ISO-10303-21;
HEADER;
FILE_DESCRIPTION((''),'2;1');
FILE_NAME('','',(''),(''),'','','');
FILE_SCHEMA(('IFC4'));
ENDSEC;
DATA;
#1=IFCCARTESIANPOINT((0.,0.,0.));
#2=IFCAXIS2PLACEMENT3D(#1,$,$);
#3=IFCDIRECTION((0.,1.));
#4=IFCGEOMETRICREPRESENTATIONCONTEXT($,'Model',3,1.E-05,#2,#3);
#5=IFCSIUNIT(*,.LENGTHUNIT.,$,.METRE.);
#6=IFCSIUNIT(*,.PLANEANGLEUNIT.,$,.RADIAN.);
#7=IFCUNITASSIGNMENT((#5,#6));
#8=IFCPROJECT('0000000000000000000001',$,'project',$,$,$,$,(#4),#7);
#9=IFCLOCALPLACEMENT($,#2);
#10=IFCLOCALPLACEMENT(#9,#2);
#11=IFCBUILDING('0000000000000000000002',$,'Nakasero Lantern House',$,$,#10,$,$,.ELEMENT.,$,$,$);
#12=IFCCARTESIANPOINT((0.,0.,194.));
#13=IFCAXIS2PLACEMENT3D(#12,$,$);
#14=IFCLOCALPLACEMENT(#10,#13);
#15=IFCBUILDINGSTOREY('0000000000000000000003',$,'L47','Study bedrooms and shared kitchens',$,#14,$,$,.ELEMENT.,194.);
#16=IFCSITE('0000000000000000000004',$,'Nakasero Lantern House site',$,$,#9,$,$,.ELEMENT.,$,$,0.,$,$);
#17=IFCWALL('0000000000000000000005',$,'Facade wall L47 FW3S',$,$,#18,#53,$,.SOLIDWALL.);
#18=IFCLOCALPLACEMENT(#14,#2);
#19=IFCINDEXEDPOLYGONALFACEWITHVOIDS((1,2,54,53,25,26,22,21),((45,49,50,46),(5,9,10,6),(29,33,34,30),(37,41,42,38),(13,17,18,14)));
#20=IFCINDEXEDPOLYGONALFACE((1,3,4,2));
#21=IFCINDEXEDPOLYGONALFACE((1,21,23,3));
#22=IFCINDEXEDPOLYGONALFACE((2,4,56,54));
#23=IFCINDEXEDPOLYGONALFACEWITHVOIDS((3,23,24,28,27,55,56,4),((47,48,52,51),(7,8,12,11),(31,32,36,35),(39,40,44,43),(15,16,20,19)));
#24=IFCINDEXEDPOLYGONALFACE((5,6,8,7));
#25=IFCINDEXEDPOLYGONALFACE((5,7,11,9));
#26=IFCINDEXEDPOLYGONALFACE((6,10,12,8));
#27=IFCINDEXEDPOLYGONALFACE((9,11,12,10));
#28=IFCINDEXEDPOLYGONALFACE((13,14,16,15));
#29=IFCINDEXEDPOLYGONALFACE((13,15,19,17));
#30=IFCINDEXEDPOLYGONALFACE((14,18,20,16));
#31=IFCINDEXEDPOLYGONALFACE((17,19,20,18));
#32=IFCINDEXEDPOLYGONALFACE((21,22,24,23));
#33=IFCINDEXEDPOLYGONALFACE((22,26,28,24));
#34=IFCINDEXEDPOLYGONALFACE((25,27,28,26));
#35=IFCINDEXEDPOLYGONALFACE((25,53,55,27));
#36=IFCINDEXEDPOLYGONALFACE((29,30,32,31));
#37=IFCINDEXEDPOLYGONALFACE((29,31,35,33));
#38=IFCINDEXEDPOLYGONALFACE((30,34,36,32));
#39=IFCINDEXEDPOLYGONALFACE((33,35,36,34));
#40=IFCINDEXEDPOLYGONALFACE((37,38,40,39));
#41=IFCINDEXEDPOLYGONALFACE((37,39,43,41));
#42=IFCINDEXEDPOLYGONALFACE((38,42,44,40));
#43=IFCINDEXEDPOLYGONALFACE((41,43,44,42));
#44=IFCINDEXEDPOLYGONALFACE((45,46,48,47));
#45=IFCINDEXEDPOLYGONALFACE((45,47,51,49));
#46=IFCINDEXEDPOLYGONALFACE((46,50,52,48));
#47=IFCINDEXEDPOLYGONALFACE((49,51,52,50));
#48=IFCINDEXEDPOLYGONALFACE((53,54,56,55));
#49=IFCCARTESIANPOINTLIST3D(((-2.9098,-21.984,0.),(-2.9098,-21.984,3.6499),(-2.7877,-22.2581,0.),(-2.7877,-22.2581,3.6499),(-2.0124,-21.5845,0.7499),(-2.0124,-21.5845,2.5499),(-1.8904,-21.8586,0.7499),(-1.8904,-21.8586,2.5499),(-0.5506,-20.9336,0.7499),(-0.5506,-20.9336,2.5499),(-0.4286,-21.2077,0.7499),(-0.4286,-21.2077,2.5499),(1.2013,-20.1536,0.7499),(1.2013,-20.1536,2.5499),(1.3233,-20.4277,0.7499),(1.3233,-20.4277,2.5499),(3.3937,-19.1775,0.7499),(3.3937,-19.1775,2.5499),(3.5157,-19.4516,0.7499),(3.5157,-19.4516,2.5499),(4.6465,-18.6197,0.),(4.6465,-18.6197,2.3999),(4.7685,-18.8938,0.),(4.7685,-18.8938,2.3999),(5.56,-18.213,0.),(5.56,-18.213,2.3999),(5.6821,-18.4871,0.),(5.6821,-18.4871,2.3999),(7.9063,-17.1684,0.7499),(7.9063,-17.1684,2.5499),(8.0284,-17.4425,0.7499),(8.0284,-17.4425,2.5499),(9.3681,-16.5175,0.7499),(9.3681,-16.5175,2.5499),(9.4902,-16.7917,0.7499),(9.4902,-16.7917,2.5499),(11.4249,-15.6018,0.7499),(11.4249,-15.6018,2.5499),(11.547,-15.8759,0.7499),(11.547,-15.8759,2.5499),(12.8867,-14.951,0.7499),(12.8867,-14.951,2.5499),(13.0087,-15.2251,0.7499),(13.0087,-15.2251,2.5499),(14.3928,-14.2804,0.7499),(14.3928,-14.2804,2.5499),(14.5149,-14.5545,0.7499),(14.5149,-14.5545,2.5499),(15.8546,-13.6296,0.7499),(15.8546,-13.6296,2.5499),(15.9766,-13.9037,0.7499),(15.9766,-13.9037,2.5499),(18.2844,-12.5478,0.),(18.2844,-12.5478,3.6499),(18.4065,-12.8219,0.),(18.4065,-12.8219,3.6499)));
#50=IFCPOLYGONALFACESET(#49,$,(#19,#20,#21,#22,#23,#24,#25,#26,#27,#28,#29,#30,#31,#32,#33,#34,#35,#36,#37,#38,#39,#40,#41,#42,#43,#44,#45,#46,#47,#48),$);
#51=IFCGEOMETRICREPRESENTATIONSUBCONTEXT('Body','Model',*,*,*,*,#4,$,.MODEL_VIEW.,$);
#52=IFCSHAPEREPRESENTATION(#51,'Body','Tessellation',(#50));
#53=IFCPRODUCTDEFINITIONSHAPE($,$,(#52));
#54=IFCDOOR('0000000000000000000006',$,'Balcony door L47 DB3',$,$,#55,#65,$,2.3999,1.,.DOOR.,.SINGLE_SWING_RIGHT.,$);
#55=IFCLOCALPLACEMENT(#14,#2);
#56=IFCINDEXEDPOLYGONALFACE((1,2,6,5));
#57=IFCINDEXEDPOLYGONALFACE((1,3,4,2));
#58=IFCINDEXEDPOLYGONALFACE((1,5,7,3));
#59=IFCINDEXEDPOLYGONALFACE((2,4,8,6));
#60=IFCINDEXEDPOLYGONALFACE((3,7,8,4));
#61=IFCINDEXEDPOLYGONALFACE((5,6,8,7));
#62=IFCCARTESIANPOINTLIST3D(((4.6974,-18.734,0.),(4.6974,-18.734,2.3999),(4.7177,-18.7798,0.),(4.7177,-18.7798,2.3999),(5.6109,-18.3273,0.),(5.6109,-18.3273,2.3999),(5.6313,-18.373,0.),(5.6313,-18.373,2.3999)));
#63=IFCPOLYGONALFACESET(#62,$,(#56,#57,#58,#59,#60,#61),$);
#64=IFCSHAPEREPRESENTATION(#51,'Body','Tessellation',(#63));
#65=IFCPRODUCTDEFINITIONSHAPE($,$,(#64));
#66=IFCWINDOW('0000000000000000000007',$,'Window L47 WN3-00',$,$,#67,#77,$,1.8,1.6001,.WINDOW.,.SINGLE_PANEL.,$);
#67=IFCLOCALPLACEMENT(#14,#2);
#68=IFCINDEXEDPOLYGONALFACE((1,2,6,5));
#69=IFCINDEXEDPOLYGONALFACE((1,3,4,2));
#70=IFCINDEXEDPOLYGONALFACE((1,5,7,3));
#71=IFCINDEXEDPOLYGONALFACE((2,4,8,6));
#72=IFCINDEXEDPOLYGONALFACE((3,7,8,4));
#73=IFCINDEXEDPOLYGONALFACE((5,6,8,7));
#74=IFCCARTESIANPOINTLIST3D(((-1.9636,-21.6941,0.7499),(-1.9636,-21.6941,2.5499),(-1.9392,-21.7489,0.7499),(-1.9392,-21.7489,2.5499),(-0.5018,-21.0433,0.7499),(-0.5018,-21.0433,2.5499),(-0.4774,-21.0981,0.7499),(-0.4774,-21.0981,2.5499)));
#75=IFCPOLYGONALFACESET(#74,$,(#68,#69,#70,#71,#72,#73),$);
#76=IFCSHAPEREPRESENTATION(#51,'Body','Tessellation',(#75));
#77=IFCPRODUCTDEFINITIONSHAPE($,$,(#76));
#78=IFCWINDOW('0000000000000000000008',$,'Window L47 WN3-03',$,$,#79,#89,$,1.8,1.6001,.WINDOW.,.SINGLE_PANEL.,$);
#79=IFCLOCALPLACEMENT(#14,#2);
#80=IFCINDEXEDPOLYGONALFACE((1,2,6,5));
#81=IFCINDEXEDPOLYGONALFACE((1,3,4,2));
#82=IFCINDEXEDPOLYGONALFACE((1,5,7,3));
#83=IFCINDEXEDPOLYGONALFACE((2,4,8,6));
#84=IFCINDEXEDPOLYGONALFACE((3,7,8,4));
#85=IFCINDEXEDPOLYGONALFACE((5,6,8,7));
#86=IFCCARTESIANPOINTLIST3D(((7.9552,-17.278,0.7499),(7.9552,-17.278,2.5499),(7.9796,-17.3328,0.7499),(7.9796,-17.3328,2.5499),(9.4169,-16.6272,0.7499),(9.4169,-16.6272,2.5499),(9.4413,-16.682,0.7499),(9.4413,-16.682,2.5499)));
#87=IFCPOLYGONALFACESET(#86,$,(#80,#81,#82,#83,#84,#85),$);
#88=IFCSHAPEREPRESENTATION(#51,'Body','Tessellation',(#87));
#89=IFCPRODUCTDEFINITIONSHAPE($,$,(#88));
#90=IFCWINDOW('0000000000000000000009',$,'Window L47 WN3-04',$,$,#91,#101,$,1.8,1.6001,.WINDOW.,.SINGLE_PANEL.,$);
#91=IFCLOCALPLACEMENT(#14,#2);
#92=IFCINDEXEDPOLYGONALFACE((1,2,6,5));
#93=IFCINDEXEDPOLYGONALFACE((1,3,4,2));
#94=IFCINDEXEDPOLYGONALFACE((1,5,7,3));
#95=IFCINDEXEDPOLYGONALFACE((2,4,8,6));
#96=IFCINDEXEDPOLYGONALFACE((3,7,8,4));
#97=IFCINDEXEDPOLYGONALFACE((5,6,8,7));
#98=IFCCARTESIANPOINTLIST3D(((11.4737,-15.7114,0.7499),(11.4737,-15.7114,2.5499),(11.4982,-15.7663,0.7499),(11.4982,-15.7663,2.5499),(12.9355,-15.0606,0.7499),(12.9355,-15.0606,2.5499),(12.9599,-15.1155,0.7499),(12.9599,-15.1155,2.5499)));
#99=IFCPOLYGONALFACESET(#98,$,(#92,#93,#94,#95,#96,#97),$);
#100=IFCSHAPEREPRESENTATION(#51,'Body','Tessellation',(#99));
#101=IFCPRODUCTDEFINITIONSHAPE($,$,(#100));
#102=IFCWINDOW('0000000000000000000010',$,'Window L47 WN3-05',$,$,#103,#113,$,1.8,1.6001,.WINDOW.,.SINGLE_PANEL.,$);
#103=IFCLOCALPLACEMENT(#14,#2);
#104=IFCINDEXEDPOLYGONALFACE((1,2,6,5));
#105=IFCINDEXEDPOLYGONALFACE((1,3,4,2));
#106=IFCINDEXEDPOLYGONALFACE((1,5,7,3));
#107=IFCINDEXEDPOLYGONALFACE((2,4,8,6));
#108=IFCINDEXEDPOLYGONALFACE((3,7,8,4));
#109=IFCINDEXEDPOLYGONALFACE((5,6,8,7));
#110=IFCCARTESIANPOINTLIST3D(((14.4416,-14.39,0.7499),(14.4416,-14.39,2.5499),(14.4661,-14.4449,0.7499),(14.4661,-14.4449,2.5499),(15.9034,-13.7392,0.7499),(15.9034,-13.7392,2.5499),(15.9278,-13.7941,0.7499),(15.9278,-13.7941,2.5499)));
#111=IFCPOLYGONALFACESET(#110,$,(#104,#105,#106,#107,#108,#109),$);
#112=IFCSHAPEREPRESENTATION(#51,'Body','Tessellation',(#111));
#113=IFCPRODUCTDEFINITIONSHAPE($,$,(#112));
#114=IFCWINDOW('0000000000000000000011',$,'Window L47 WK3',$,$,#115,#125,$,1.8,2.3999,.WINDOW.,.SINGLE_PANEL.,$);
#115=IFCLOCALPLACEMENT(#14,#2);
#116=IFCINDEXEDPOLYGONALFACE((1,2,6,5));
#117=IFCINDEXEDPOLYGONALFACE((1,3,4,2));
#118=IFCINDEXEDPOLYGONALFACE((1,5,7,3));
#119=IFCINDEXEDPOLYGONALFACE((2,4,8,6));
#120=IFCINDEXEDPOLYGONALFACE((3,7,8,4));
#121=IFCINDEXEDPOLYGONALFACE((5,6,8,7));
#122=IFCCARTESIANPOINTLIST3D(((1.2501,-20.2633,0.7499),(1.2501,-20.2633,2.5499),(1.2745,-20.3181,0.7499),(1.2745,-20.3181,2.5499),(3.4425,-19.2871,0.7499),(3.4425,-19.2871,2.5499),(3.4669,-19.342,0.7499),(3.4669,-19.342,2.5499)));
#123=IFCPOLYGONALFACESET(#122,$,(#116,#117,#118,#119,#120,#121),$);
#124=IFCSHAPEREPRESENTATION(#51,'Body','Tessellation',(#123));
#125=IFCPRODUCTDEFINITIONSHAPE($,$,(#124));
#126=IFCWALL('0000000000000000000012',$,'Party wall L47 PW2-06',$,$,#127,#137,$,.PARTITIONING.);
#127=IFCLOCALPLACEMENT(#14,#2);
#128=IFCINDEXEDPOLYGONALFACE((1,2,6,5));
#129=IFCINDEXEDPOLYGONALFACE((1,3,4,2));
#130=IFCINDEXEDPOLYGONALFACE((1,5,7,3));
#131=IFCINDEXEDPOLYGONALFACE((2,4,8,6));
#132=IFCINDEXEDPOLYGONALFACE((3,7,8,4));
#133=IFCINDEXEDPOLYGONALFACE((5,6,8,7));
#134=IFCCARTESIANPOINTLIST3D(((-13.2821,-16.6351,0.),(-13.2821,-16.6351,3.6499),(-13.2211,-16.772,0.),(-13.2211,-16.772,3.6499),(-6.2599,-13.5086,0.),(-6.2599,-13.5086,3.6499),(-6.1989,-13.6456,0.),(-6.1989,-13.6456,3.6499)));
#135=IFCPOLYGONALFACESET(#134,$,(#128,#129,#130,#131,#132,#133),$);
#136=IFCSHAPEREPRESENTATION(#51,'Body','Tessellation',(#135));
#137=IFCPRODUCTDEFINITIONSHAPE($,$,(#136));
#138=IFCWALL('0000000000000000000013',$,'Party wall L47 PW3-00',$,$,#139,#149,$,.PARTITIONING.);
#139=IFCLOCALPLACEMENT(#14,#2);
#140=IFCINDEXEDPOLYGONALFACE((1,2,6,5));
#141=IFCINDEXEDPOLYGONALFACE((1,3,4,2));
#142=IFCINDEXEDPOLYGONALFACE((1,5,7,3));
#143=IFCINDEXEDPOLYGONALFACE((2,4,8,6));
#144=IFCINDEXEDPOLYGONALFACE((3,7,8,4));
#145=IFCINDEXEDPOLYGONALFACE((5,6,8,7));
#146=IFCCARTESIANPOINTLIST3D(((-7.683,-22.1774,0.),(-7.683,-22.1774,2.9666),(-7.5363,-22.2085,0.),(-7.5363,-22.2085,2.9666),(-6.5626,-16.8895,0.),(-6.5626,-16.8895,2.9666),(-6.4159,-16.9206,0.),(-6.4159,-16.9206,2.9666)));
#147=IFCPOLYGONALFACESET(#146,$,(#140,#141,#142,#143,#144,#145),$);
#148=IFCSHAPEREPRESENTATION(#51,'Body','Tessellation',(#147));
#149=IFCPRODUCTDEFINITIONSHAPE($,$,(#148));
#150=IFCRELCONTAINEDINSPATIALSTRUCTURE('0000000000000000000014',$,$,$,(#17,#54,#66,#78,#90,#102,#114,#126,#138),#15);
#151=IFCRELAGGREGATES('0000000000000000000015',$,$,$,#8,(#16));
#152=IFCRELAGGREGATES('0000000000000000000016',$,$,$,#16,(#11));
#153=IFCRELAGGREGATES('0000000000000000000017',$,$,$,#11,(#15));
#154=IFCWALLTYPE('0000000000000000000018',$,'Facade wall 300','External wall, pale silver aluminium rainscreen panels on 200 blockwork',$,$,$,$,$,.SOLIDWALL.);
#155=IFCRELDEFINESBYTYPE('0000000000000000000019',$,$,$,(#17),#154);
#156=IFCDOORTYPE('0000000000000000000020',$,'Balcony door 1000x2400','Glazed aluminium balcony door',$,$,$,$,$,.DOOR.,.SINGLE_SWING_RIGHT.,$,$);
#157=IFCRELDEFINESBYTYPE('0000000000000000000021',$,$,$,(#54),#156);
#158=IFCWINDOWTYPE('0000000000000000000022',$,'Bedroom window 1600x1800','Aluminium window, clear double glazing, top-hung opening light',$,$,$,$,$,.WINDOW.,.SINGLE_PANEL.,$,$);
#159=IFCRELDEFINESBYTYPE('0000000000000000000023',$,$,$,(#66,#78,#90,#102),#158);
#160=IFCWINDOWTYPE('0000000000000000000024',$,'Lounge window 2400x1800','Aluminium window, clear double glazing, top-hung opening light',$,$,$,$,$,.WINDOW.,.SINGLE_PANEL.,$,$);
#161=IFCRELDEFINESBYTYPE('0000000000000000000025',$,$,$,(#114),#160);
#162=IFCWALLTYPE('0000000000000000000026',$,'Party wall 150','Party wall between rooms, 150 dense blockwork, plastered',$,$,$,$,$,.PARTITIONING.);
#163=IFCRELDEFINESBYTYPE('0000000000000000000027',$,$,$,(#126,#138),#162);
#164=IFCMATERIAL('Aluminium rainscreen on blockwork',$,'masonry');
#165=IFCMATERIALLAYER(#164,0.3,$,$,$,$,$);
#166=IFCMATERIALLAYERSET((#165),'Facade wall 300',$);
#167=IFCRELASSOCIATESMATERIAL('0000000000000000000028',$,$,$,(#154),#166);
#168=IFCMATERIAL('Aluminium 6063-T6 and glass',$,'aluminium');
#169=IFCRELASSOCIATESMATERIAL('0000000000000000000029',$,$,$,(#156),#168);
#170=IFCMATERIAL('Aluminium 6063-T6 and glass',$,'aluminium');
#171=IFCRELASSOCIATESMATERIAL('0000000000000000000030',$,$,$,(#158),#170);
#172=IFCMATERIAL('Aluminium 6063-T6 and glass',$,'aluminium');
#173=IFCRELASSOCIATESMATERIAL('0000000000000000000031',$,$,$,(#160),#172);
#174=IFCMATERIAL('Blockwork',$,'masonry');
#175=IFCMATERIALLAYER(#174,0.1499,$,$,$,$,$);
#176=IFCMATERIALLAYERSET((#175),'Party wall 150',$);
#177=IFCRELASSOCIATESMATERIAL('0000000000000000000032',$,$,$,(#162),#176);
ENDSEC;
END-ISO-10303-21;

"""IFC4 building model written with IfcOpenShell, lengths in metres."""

from ifc_helpers import new_model, si_unit, direction, frame, frame_2d, origin, place, context, subcontext, project, spatial, rectangle, extrude, material, layer, layer_set, type_object, element, fill, save


model = new_model("IFC4")

# Units and contexts
model_context = context("Model", 3, precision=1e-05, world=origin(), true_north=direction((0.0, 1.0)))
body_context = subcontext(model_context, "Body", "Model", "MODEL_VIEW")
ifc_project = project(units=[si_unit("LENGTHUNIT", "METRE"), si_unit("PLANEANGLEUNIT", "RADIAN")], contexts=[model_context])

# Site, building, storey
site_placement = place(None, origin())
site = spatial("IfcSite", under=ifc_project, at=site_placement, Name="Nakasero Lantern House site", CompositionType="ELEMENT", RefElevation=0.0)
building_placement = place(site_placement, origin())
building = spatial("IfcBuilding", under=site, at=building_placement, Name="Nakasero Lantern House", CompositionType="ELEMENT")
storey_placement = place(building_placement, frame((0.0, 0.0, 194.0)))
storey = spatial("IfcBuildingStorey", under=building, at=storey_placement, Name="L47", Description="Study bedrooms and shared kitchens", CompositionType="ELEMENT", Elevation=194.0)

# Shared definitions
ifc_material_1 = material(Name="Aluminium rainscreen on blockwork", Category="masonry")
ifc_layer_1 = layer(ifc_material_1, 0.3)
ifc_layer_set_1 = layer_set([ifc_layer_1], Name="Facade wall 300")
wall_type_1 = type_object("IfcWallType", Name="Facade wall 300", Description="External wall, pale silver aluminium rainscreen panels on 200 blockwork", PredefinedType="SOLIDWALL", material=ifc_layer_set_1)

# Wall, openings, door, windows
wall_1_placement = place(storey_placement, frame((-2.8489, -22.1211, 0.0), z_axis=(0.0, 0.0, 1.0), x_axis=(0.913546, 0.406735, 0.0)))
wall_1 = element("IfcWall", 1, at=wall_1_placement, inside=storey, type_object=wall_type_1, Name="Facade wall L47 FW3S", PredefinedType="SOLIDWALL", context=body_context, shape_type="SweptSolid", body=[
    extrude(rectangle(XDim=23.2, YDim=0.3, at=frame_2d((11.6001, 0.0))), origin(), (0.0, 0.0, 1.0), 3.6499),
])
opening_1_placement = place(wall_1_placement, frame((0.9824, 0.0, 0.75)))
opening_1 = element("IfcOpeningElement", 2, at=opening_1_placement, cuts=wall_1, PredefinedType="OPENING", context=body_context, shape_type="SweptSolid", body=[
    extrude(rectangle(XDim=1.6001, YDim=1.8, at=frame_2d((0.8, 0.8999))), frame((0.0, 0.1699, 0.0), z_axis=(0.0, -1.0, 0.0), x_axis=(1.0, 0.0, 0.0)), (0.0, 0.0, 1.0), 0.3401),
])
opening_2_placement = place(wall_1_placement, frame((11.8398, 0.0, 0.75)))
opening_2 = element("IfcOpeningElement", 3, at=opening_2_placement, cuts=wall_1, PredefinedType="OPENING", context=body_context, shape_type="SweptSolid", body=[
    extrude(rectangle(XDim=1.6001, YDim=1.8, at=frame_2d((0.8, 0.8999))), frame((0.0, 0.1699, 0.0), z_axis=(0.0, -1.0, 0.0), x_axis=(1.0, 0.0, 0.0)), (0.0, 0.0, 1.0), 0.3401),
])
opening_3_placement = place(wall_1_placement, frame((15.6914, 0.0, 0.75)))
opening_3 = element("IfcOpeningElement", 4, at=opening_3_placement, cuts=wall_1, PredefinedType="OPENING", context=body_context, shape_type="SweptSolid", body=[
    extrude(rectangle(XDim=1.6001, YDim=1.8, at=frame_2d((0.8, 0.8999))), frame((0.0, 0.1699, 0.0), z_axis=(0.0, -1.0, 0.0), x_axis=(1.0, 0.0, 0.0)), (0.0, 0.0, 1.0), 0.3401),
])
opening_4_placement = place(wall_1_placement, frame((18.9402, 0.0, 0.75)))
opening_4 = element("IfcOpeningElement", 5, at=opening_4_placement, cuts=wall_1, PredefinedType="OPENING", context=body_context, shape_type="SweptSolid", body=[
    extrude(rectangle(XDim=1.6001, YDim=1.8, at=frame_2d((0.8, 0.8999))), frame((0.0, 0.1699, 0.0), z_axis=(0.0, -1.0, 0.0), x_axis=(1.0, 0.0, 0.0)), (0.0, 0.0, 1.0), 0.3401),
])
opening_5_placement = place(wall_1_placement, frame((4.5002, 0.0, 0.75)))
opening_5 = element("IfcOpeningElement", 6, at=opening_5_placement, cuts=wall_1, PredefinedType="OPENING", context=body_context, shape_type="SweptSolid", body=[
    extrude(rectangle(XDim=2.3999, YDim=1.8, at=frame_2d((1.2, 0.8999))), frame((0.0, 0.1699, 0.0), z_axis=(0.0, -1.0, 0.0), x_axis=(1.0, 0.0, 0.0)), (0.0, 0.0, 1.0), 0.3401),
])
opening_6_placement = place(wall_1_placement, frame((8.2715, 0.0, 0.0)))
opening_6 = element("IfcOpeningElement", 7, at=opening_6_placement, cuts=wall_1, PredefinedType="OPENING", context=body_context, shape_type="SweptSolid", body=[
    extrude(rectangle(XDim=1.0, YDim=2.3999, at=frame_2d((0.5, 1.2))), frame((0.0, 0.1699, 0.0), z_axis=(0.0, -1.0, 0.0), x_axis=(1.0, 0.0, 0.0)), (0.0, 0.0, 1.0), 0.3401),
])
ifc_material_2 = material(Name="Aluminium 6063-T6 and glass", Category="aluminium")
door_type_1 = type_object("IfcDoorType", Name="Balcony door 1000x2400", Description="Glazed aluminium balcony door", OperationType="SINGLE_SWING_RIGHT", PredefinedType="DOOR", material=ifc_material_2)
door_1_placement = place(opening_6_placement, origin())
door_1 = element("IfcDoor", 8, at=door_1_placement, inside=storey, type_object=door_type_1, Name="Balcony door L47 DB3", OperationType="SINGLE_SWING_RIGHT", OverallHeight=2.3999, OverallWidth=1.0, PredefinedType="DOOR", context=body_context, shape_type="SweptSolid", body=[
    extrude(rectangle(XDim=1.0, YDim=2.3999, at=frame_2d((0.5, 1.2))), frame((0.0, 0.0249, 0.0), z_axis=(0.0, -1.0, 0.0), x_axis=(1.0, 0.0, 0.0)), (0.0, 0.0, 1.0), 0.05),
])
fill(opening_6, door_1)
ifc_material_3 = material(Name="Aluminium 6063-T6 and glass", Category="aluminium")
window_type_1 = type_object("IfcWindowType", Name="Bedroom window 1600x1800", Description="Aluminium window, clear double glazing, top-hung opening light", PartitioningType="SINGLE_PANEL", PredefinedType="WINDOW", material=ifc_material_3)
window_1_placement = place(opening_1_placement, origin())
window_1 = element("IfcWindow", 9, at=window_1_placement, inside=storey, type_object=window_type_1, Name="Window L47 WN3-00", OverallHeight=1.8, OverallWidth=1.6001, PartitioningType="SINGLE_PANEL", PredefinedType="WINDOW", context=body_context, shape_type="SweptSolid", body=[
    extrude(rectangle(XDim=1.6001, YDim=1.8, at=frame_2d((0.8, 0.8999))), frame((0.0, 0.03, 0.0), z_axis=(0.0, -1.0, 0.0), x_axis=(1.0, 0.0, 0.0)), (0.0, 0.0, 1.0), 0.0601),
])
fill(opening_1, window_1)
window_2_placement = place(opening_2_placement, origin())
window_2 = element("IfcWindow", 10, at=window_2_placement, inside=storey, type_object=window_type_1, Name="Window L47 WN3-03", OverallHeight=1.8, OverallWidth=1.6001, PartitioningType="SINGLE_PANEL", PredefinedType="WINDOW", context=body_context, shape_type="SweptSolid", body=[
    extrude(rectangle(XDim=1.6001, YDim=1.8, at=frame_2d((0.8, 0.8999))), frame((0.0, 0.03, 0.0), z_axis=(0.0, -1.0, 0.0), x_axis=(1.0, 0.0, 0.0)), (0.0, 0.0, 1.0), 0.0601),
])
fill(opening_2, window_2)
window_3_placement = place(opening_3_placement, origin())
window_3 = element("IfcWindow", 11, at=window_3_placement, inside=storey, type_object=window_type_1, Name="Window L47 WN3-04", OverallHeight=1.8, OverallWidth=1.6001, PartitioningType="SINGLE_PANEL", PredefinedType="WINDOW", context=body_context, shape_type="SweptSolid", body=[
    extrude(rectangle(XDim=1.6001, YDim=1.8, at=frame_2d((0.8, 0.8999))), frame((0.0, 0.03, 0.0), z_axis=(0.0, -1.0, 0.0), x_axis=(1.0, 0.0, 0.0)), (0.0, 0.0, 1.0), 0.0601),
])
fill(opening_3, window_3)
window_4_placement = place(opening_4_placement, origin())
window_4 = element("IfcWindow", 12, at=window_4_placement, inside=storey, type_object=window_type_1, Name="Window L47 WN3-05", OverallHeight=1.8, OverallWidth=1.6001, PartitioningType="SINGLE_PANEL", PredefinedType="WINDOW", context=body_context, shape_type="SweptSolid", body=[
    extrude(rectangle(XDim=1.6001, YDim=1.8, at=frame_2d((0.8, 0.8999))), frame((0.0, 0.03, 0.0), z_axis=(0.0, -1.0, 0.0), x_axis=(1.0, 0.0, 0.0)), (0.0, 0.0, 1.0), 0.0601),
])
fill(opening_4, window_4)
ifc_material_4 = material(Name="Aluminium 6063-T6 and glass", Category="aluminium")
window_type_2 = type_object("IfcWindowType", Name="Lounge window 2400x1800", Description="Aluminium window, clear double glazing, top-hung opening light", PartitioningType="SINGLE_PANEL", PredefinedType="WINDOW", material=ifc_material_4)
window_5_placement = place(opening_5_placement, origin())
window_5 = element("IfcWindow", 13, at=window_5_placement, inside=storey, type_object=window_type_2, Name="Window L47 WK3", OverallHeight=1.8, OverallWidth=2.3999, PartitioningType="SINGLE_PANEL", PredefinedType="WINDOW", context=body_context, shape_type="SweptSolid", body=[
    extrude(rectangle(XDim=2.3999, YDim=1.8, at=frame_2d((1.2, 0.8999))), frame((0.0, 0.03, 0.0), z_axis=(0.0, -1.0, 0.0), x_axis=(1.0, 0.0, 0.0)), (0.0, 0.0, 1.0), 0.0601),
])
fill(opening_5, window_5)

# Walls
ifc_material_5 = material(Name="Blockwork", Category="masonry")
ifc_layer_2 = layer(ifc_material_5, 0.1499)
ifc_layer_set_2 = layer_set([ifc_layer_2], Name="Party wall 150")
wall_type_2 = type_object("IfcWallType", Name="Party wall 150", Description="Party wall between rooms, 150 dense blockwork, plastered", PredefinedType="PARTITIONING", material=ifc_layer_set_2)
wall_2_placement = place(storey_placement, frame((-6.2295, -13.5771, 0.0), z_axis=(0.0, 0.0, 1.0), x_axis=(-0.913547, -0.406734, 0.0)))
element("IfcWall", 14, at=wall_2_placement, inside=storey, type_object=wall_type_2, Name="Party wall L47 PW2-06", PredefinedType="PARTITIONING", context=body_context, shape_type="SweptSolid", body=[
    extrude(rectangle(XDim=7.6868, YDim=0.1499, at=frame_2d((3.8433, 0.0))), origin(), (0.0, 0.0, 1.0), 3.6499),
])
wall_3_placement = place(storey_placement, frame((-6.4893, -16.905, 0.0), z_axis=(0.0, 0.0, 1.0), x_axis=(-0.207274, -0.978283, 0.0)))
element("IfcWall", 15, at=wall_3_placement, inside=storey, type_object=wall_type_2, Name="Party wall L47 PW3-00", PredefinedType="PARTITIONING", context=body_context, shape_type="SweptSolid", body=[
    extrude(rectangle(XDim=5.4053, YDim=0.1499, at=frame_2d((2.7026, 0.0))), origin(), (0.0, 0.0, 1.0), 2.9666),
])

save(model, "model.ifc")
